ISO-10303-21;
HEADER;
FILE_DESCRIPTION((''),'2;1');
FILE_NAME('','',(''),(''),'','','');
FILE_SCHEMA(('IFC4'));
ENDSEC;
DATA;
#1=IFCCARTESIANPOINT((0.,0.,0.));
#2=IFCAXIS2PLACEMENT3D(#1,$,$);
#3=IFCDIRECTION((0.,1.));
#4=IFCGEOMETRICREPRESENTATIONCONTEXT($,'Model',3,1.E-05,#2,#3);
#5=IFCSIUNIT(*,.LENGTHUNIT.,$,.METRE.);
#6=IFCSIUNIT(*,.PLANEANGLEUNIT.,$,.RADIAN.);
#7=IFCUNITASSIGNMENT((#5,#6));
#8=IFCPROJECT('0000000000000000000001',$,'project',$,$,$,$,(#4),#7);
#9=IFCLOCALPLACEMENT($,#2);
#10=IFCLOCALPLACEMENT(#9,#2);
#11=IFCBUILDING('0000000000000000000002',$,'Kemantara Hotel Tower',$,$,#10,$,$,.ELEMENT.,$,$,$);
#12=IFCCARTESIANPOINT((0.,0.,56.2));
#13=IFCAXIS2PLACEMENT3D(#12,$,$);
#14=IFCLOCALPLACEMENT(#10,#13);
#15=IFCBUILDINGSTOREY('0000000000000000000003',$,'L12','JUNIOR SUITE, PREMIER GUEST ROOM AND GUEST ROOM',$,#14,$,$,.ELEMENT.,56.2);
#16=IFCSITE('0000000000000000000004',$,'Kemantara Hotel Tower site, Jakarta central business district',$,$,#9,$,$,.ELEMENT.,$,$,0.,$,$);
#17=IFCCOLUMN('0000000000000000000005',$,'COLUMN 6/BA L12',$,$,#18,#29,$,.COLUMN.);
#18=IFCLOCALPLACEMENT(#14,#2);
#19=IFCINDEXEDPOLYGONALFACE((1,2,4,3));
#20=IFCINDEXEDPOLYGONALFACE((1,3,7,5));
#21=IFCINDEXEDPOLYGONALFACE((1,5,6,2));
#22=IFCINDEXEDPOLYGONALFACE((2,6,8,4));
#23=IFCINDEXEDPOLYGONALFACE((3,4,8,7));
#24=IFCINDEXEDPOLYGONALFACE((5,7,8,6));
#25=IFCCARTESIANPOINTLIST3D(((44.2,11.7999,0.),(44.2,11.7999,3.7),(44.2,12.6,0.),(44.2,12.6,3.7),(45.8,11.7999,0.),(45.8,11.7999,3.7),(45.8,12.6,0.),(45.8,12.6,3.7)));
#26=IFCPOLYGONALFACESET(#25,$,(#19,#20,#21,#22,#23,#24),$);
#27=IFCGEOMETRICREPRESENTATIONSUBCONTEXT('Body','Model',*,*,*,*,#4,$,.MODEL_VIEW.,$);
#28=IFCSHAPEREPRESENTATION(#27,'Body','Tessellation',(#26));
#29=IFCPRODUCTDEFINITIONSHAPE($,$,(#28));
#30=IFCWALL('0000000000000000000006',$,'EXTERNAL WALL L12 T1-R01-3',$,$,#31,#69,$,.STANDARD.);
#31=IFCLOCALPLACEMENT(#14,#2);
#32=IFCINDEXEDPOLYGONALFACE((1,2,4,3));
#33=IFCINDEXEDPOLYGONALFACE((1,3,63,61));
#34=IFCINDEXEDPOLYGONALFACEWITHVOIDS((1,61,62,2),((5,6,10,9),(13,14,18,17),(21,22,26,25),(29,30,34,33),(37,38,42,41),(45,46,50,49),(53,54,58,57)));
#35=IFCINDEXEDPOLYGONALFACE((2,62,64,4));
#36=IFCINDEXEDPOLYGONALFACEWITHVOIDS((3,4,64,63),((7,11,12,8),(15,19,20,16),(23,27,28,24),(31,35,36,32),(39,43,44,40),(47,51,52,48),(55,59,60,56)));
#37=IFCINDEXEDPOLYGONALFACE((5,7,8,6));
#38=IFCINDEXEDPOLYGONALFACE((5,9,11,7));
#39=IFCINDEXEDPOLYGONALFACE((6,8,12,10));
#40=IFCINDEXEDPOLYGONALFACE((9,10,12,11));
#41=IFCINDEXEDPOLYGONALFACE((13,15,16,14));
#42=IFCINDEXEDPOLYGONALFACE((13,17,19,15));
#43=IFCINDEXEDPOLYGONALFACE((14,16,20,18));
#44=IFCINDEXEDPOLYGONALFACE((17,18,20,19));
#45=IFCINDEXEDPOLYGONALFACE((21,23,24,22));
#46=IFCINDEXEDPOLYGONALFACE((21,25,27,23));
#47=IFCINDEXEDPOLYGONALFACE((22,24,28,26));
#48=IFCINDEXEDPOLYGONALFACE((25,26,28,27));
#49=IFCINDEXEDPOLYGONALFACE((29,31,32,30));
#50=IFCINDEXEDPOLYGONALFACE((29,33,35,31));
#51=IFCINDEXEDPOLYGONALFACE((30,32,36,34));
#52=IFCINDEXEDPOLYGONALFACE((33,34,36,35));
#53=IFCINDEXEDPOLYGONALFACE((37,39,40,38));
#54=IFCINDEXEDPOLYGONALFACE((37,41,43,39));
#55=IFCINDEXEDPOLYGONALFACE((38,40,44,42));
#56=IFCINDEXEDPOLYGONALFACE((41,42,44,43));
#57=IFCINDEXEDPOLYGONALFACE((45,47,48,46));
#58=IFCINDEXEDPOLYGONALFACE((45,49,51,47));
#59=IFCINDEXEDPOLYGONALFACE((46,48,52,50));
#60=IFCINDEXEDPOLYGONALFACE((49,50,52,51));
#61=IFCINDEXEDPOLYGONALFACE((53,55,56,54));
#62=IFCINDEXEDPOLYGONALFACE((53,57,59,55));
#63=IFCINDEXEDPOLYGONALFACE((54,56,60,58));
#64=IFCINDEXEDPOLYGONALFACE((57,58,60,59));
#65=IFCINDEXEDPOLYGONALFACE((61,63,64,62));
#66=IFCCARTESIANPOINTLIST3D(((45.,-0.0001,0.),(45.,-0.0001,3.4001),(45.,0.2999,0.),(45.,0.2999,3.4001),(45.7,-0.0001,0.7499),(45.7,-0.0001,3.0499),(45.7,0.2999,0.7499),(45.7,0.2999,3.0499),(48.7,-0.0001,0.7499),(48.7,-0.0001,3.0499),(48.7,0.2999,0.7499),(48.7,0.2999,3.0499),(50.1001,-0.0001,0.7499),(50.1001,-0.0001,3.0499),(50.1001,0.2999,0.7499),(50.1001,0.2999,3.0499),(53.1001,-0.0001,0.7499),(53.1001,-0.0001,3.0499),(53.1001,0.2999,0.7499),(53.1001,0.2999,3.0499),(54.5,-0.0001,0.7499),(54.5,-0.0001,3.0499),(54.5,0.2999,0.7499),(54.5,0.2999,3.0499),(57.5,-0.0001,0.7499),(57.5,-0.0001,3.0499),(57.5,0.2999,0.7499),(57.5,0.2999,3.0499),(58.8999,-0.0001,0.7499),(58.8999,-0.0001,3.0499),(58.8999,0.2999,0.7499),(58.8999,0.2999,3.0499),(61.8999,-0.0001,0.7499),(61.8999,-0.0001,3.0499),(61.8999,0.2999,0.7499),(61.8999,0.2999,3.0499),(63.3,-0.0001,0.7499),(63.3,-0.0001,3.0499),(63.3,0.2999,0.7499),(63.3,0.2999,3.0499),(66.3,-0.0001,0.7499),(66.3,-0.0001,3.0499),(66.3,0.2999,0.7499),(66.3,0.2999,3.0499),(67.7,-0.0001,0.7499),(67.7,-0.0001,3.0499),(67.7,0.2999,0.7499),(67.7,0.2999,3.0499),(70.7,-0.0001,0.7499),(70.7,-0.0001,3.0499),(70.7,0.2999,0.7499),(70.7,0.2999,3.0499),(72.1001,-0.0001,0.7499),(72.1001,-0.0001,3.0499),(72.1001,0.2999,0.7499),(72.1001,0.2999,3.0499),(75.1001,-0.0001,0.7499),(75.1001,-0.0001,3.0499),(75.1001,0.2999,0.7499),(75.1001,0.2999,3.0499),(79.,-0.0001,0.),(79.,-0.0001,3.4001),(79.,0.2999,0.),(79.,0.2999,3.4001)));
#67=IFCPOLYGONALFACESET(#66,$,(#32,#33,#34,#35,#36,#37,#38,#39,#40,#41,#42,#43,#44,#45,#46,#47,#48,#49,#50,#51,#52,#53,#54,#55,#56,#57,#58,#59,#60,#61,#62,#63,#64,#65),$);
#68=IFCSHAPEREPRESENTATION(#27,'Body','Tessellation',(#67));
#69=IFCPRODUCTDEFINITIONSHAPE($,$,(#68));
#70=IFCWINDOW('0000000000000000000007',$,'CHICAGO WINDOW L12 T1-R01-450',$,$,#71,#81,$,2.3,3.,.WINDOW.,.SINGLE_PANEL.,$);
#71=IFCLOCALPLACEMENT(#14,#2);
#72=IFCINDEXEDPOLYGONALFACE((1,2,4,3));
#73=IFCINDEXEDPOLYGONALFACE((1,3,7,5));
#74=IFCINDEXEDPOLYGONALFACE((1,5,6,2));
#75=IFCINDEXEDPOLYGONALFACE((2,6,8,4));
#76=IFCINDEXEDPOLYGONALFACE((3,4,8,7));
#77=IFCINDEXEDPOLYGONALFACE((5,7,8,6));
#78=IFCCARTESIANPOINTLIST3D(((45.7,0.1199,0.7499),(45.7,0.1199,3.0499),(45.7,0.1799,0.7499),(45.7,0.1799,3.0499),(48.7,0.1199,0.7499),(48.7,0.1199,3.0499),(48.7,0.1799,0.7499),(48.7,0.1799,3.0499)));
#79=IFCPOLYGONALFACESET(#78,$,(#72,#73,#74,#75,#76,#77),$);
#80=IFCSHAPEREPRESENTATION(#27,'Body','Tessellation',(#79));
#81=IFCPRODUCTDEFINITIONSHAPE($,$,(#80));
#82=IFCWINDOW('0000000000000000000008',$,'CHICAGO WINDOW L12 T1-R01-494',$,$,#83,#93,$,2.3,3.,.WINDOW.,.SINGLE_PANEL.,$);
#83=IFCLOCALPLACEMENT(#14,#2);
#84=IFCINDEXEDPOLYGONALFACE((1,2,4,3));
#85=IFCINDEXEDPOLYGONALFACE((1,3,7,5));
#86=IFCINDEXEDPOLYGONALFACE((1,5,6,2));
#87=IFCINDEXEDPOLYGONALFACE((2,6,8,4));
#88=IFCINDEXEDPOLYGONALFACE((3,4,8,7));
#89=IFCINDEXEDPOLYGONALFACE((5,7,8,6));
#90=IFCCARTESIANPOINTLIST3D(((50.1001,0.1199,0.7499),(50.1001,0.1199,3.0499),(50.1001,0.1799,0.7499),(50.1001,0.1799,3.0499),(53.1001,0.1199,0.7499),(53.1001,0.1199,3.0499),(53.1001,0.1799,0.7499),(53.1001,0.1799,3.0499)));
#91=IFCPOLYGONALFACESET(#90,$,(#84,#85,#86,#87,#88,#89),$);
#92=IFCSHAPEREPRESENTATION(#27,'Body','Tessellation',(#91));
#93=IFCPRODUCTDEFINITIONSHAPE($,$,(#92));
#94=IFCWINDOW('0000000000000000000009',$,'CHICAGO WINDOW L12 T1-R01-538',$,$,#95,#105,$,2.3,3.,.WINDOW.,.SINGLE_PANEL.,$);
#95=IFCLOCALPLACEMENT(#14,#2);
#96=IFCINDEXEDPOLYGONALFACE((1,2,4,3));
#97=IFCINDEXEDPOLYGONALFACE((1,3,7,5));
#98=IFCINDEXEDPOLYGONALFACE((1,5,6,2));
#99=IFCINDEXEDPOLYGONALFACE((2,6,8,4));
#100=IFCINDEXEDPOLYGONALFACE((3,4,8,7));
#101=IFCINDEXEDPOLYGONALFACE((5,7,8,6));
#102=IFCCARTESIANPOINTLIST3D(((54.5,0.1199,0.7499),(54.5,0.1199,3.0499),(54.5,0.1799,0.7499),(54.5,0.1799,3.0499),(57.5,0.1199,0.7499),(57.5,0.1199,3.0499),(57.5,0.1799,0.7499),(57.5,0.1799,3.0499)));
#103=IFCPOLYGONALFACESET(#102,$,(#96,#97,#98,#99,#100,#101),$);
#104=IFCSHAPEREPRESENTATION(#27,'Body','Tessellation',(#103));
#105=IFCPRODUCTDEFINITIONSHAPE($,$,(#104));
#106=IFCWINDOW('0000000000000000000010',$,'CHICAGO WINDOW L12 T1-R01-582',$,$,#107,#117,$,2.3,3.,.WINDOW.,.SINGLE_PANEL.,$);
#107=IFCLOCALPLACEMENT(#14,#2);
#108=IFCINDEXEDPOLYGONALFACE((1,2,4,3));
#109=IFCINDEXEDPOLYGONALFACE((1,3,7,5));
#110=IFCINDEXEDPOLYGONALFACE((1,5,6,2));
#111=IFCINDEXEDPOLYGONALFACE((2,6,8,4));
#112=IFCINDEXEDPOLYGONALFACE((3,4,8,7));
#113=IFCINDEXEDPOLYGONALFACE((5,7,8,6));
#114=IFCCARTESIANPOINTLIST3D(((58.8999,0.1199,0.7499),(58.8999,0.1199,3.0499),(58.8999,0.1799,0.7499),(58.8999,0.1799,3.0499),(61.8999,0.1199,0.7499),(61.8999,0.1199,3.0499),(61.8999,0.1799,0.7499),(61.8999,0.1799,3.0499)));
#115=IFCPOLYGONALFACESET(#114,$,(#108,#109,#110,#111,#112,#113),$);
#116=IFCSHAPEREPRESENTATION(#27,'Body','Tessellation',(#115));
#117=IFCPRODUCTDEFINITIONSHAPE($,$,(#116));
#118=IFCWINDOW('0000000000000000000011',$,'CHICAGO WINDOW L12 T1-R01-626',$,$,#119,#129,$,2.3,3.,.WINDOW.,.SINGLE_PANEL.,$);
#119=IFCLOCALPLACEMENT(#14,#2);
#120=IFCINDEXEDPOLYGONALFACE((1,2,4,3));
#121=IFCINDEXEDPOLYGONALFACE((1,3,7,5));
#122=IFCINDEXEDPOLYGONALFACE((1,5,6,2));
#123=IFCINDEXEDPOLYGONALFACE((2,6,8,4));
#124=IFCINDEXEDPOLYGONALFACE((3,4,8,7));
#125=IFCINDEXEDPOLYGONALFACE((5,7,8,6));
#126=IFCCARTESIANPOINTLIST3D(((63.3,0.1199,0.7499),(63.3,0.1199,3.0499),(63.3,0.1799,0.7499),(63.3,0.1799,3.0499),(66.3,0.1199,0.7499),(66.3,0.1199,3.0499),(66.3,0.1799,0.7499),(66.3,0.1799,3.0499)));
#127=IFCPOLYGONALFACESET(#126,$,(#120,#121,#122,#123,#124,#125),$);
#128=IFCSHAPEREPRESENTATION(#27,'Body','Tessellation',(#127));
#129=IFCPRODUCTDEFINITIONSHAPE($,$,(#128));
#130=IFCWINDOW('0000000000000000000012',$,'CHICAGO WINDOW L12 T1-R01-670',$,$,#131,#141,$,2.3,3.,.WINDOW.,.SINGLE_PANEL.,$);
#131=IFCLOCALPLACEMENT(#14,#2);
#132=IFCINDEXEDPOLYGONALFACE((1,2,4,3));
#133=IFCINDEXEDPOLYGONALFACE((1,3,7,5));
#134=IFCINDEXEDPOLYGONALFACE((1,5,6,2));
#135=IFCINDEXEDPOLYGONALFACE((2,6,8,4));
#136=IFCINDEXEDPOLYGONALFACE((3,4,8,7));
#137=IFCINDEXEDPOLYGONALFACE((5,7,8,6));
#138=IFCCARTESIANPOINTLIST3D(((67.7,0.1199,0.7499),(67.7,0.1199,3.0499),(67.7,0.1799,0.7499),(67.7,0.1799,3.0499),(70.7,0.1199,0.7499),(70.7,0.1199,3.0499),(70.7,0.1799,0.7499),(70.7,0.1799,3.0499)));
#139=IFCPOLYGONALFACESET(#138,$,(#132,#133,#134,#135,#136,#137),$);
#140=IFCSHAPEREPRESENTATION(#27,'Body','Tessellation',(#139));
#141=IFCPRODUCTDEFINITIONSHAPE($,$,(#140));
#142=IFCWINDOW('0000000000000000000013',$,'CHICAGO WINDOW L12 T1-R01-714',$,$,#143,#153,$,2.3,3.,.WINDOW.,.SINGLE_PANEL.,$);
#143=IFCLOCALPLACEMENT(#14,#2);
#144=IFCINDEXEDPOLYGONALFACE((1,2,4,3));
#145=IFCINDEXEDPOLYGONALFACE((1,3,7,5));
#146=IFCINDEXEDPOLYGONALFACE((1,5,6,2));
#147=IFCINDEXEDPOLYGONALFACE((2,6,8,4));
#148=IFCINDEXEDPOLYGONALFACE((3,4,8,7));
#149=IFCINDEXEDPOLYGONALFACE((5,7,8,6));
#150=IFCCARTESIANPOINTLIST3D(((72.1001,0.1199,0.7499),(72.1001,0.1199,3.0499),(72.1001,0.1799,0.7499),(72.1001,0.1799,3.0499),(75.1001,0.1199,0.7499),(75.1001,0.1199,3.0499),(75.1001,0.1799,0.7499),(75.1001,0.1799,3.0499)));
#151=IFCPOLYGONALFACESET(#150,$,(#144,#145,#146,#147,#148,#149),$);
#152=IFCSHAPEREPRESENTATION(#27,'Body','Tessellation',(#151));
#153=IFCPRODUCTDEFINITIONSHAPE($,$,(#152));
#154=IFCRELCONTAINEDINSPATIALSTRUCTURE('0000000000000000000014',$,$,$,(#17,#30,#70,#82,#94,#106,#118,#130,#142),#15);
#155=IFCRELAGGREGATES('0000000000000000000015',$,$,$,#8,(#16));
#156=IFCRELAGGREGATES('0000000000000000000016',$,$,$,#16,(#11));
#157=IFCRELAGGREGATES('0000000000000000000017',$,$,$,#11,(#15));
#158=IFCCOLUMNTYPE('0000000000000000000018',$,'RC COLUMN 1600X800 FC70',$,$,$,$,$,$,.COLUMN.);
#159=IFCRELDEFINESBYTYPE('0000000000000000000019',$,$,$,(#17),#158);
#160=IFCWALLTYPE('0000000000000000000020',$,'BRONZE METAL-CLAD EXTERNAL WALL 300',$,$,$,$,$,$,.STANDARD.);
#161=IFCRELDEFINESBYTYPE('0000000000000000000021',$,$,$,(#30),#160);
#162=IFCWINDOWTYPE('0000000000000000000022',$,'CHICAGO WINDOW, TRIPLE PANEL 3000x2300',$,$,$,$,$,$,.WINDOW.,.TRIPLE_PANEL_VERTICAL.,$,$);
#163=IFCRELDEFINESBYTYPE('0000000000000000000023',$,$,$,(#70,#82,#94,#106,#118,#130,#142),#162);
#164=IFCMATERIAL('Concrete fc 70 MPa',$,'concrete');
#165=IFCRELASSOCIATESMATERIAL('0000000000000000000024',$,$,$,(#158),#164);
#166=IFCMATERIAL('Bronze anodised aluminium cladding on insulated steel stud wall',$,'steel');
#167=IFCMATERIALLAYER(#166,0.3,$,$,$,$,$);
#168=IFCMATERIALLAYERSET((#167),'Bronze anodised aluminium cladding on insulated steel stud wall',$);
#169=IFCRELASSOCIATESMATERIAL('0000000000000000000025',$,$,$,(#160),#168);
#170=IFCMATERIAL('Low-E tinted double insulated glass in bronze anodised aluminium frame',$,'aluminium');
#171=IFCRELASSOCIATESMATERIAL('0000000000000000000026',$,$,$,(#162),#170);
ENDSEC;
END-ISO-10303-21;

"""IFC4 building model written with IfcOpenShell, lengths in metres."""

from ifc_helpers import new_model, si_unit, direction, frame, frame_2d, origin, origin_2d, place, context, subcontext, project, spatial, rectangle, extrude, material, layer, layer_set, material_profile, profile_set, type_object, element, fill, save


model = new_model("IFC4")

# Units and contexts
model_context = context("Model", 3, precision=1e-05, world=origin(), true_north=direction((0.0, 1.0)))
body_context = subcontext(model_context, "Body", "Model", "MODEL_VIEW")
ifc_project = project(units=[si_unit("LENGTHUNIT", "METRE"), si_unit("PLANEANGLEUNIT", "RADIAN")], contexts=[model_context])

# Site, building, storey
site_placement = place(None, origin())
site = spatial("IfcSite", under=ifc_project, at=site_placement, Name="Kemantara Hotel Tower site, Jakarta central business district", CompositionType="ELEMENT", RefElevation=0.0)
building_placement = place(site_placement, origin())
building = spatial("IfcBuilding", under=site, at=building_placement, Name="Kemantara Hotel Tower", CompositionType="ELEMENT")
storey_placement = place(building_placement, frame((0.0, 0.0, 56.2)))
storey = spatial("IfcBuildingStorey", under=building, at=storey_placement, Name="L12", Description="JUNIOR SUITE, PREMIER GUEST ROOM AND GUEST ROOM", CompositionType="ELEMENT", Elevation=56.2)

# Column
ifc_material_1 = material(Name="Concrete fc 70 MPa", Category="concrete")
ifc_material_profile = material_profile(ifc_material_1, rectangle(XDim=1.6001, YDim=0.8, at=origin_2d()), Name="RC 1600X800")
ifc_profile_set = profile_set([ifc_material_profile], Name="Concrete fc 70 MPa")
column_type = type_object("IfcColumnType", Name="RC COLUMN 1600X800 FC70", PredefinedType="COLUMN", material=ifc_profile_set)
column_placement = place(storey_placement, frame((45.0, 12.2, 0.0), z_axis=(0.0, 0.0, 1.0), x_axis=(1.0, 0.0, 0.0)))
element("IfcColumn", 1, at=column_placement, inside=storey, type_object=column_type, Name="COLUMN 6/BA L12", PredefinedType="COLUMN", context=body_context, shape_type="SweptSolid", body=[
    extrude(rectangle(XDim=1.6001, YDim=0.8, at=origin_2d()), origin(), (0.0, 0.0, 1.0), 3.7),
])

# Wall, openings, windows
ifc_material_2 = material(Name="Bronze anodised aluminium cladding on insulated steel stud wall", Category="steel")
ifc_layer_1 = layer(ifc_material_2, 0.3)
ifc_layer_set_1 = layer_set([ifc_layer_1], Name="Bronze anodised aluminium cladding on insulated steel stud wall")
wall_type_1 = type_object("IfcWallType", Name="BRONZE METAL-CLAD EXTERNAL WALL 300", PredefinedType="STANDARD", material=ifc_layer_set_1)
wall_1_placement = place(storey_placement, frame((45.0, 0.1499, 0.0), z_axis=(0.0, 0.0, 1.0), x_axis=(1.0, 0.0, 0.0)))
wall_1 = element("IfcWall", 2, at=wall_1_placement, inside=storey, type_object=wall_type_1, Name="EXTERNAL WALL L12 T1-R01-3", PredefinedType="STANDARD", context=body_context, shape_type="SweptSolid", body=[
    extrude(rectangle(XDim=34.0, YDim=0.3, at=frame_2d((17.0, 0.0))), origin(), (0.0, 0.0, 1.0), 3.4001),
])
opening_1_placement = place(wall_1_placement, frame((0.7, 0.0, 0.75)))
opening_1 = element("IfcOpeningElement", 3, at=opening_1_placement, cuts=wall_1, PredefinedType="OPENING", context=body_context, shape_type="SweptSolid", body=[
    extrude(rectangle(XDim=3.0, YDim=2.3, at=frame_2d((1.5, 1.1499))), frame((0.0, 0.1599, 0.0), z_axis=(0.0, -1.0, 0.0), x_axis=(1.0, 0.0, 0.0)), (0.0, 0.0, 1.0), 0.3201),
])
opening_2_placement = place(wall_1_placement, frame((5.1001, 0.0, 0.75)))
opening_2 = element("IfcOpeningElement", 4, at=opening_2_placement, cuts=wall_1, PredefinedType="OPENING", context=body_context, shape_type="SweptSolid", body=[
    extrude(rectangle(XDim=3.0, YDim=2.3, at=frame_2d((1.5, 1.1499))), frame((0.0, 0.1599, 0.0), z_axis=(0.0, -1.0, 0.0), x_axis=(1.0, 0.0, 0.0)), (0.0, 0.0, 1.0), 0.3201),
])
opening_3_placement = place(wall_1_placement, frame((9.5, 0.0, 0.75)))
opening_3 = element("IfcOpeningElement", 5, at=opening_3_placement, cuts=wall_1, PredefinedType="OPENING", context=body_context, shape_type="SweptSolid", body=[
    extrude(rectangle(XDim=3.0, YDim=2.3, at=frame_2d((1.5, 1.1499))), frame((0.0, 0.1599, 0.0), z_axis=(0.0, -1.0, 0.0), x_axis=(1.0, 0.0, 0.0)), (0.0, 0.0, 1.0), 0.3201),
])
opening_4_placement = place(wall_1_placement, frame((13.8999, 0.0, 0.75)))
opening_4 = element("IfcOpeningElement", 6, at=opening_4_placement, cuts=wall_1, PredefinedType="OPENING", context=body_context, shape_type="SweptSolid", body=[
    extrude(rectangle(XDim=3.0, YDim=2.3, at=frame_2d((1.5, 1.1499))), frame((0.0, 0.1599, 0.0), z_axis=(0.0, -1.0, 0.0), x_axis=(1.0, 0.0, 0.0)), (0.0, 0.0, 1.0), 0.3201),
])
opening_5_placement = place(wall_1_placement, frame((18.3, 0.0, 0.75)))
opening_5 = element("IfcOpeningElement", 7, at=opening_5_placement, cuts=wall_1, PredefinedType="OPENING", context=body_context, shape_type="SweptSolid", body=[
    extrude(rectangle(XDim=3.0, YDim=2.3, at=frame_2d((1.5, 1.1499))), frame((0.0, 0.1599, 0.0), z_axis=(0.0, -1.0, 0.0), x_axis=(1.0, 0.0, 0.0)), (0.0, 0.0, 1.0), 0.3201),
])
opening_6_placement = place(wall_1_placement, frame((22.7, 0.0, 0.75)))
opening_6 = element("IfcOpeningElement", 8, at=opening_6_placement, cuts=wall_1, PredefinedType="OPENING", context=body_context, shape_type="SweptSolid", body=[
    extrude(rectangle(XDim=3.0, YDim=2.3, at=frame_2d((1.5, 1.1499))), frame((0.0, 0.1599, 0.0), z_axis=(0.0, -1.0, 0.0), x_axis=(1.0, 0.0, 0.0)), (0.0, 0.0, 1.0), 0.3201),
])
opening_7_placement = place(wall_1_placement, frame((27.1001, 0.0, 0.75)))
opening_7 = element("IfcOpeningElement", 9, at=opening_7_placement, cuts=wall_1, PredefinedType="OPENING", context=body_context, shape_type="SweptSolid", body=[
    extrude(rectangle(XDim=3.0, YDim=2.3, at=frame_2d((1.5, 1.1499))), frame((0.0, 0.1599, 0.0), z_axis=(0.0, -1.0, 0.0), x_axis=(1.0, 0.0, 0.0)), (0.0, 0.0, 1.0), 0.3201),
])
ifc_material_3 = material(Name="Low-E tinted double insulated glass in bronze anodised aluminium frame", Category="aluminium")
window_type = type_object("IfcWindowType", Name="CHICAGO WINDOW, TRIPLE PANEL 3000x2300", PartitioningType="TRIPLE_PANEL_VERTICAL", PredefinedType="WINDOW", material=ifc_material_3)
window_1_placement = place(opening_1_placement, origin())
window_1 = element("IfcWindow", 10, at=window_1_placement, inside=storey, type_object=window_type, Name="CHICAGO WINDOW L12 T1-R01-450", OverallHeight=2.3, OverallWidth=3.0, PartitioningType="SINGLE_PANEL", PredefinedType="WINDOW", context=body_context, shape_type="SweptSolid", body=[
    extrude(rectangle(XDim=3.0, YDim=2.3, at=frame_2d((1.5, 1.1499))), frame((0.0, 0.03, 0.0), z_axis=(0.0, -1.0, 0.0), x_axis=(1.0, 0.0, 0.0)), (0.0, 0.0, 1.0), 0.0601),
])
fill(opening_1, window_1)
window_2_placement = place(opening_2_placement, origin())
window_2 = element("IfcWindow", 11, at=window_2_placement, inside=storey, type_object=window_type, Name="CHICAGO WINDOW L12 T1-R01-494", OverallHeight=2.3, OverallWidth=3.0, PartitioningType="SINGLE_PANEL", PredefinedType="WINDOW", context=body_context, shape_type="SweptSolid", body=[
    extrude(rectangle(XDim=3.0, YDim=2.3, at=frame_2d((1.5, 1.1499))), frame((0.0, 0.03, 0.0), z_axis=(0.0, -1.0, 0.0), x_axis=(1.0, 0.0, 0.0)), (0.0, 0.0, 1.0), 0.0601),
])
fill(opening_2, window_2)
window_3_placement = place(opening_3_placement, origin())
window_3 = element("IfcWindow", 12, at=window_3_placement, inside=storey, type_object=window_type, Name="CHICAGO WINDOW L12 T1-R01-538", OverallHeight=2.3, OverallWidth=3.0, PartitioningType="SINGLE_PANEL", PredefinedType="WINDOW", context=body_context, shape_type="SweptSolid", body=[
    extrude(rectangle(XDim=3.0, YDim=2.3, at=frame_2d((1.5, 1.1499))), frame((0.0, 0.03, 0.0), z_axis=(0.0, -1.0, 0.0), x_axis=(1.0, 0.0, 0.0)), (0.0, 0.0, 1.0), 0.0601),
])
fill(opening_3, window_3)
window_4_placement = place(opening_4_placement, origin())
window_4 = element("IfcWindow", 13, at=window_4_placement, inside=storey, type_object=window_type, Name="CHICAGO WINDOW L12 T1-R01-582", OverallHeight=2.3, OverallWidth=3.0, PartitioningType="SINGLE_PANEL", PredefinedType="WINDOW", context=body_context, shape_type="SweptSolid", body=[
    extrude(rectangle(XDim=3.0, YDim=2.3, at=frame_2d((1.5, 1.1499))), frame((0.0, 0.03, 0.0), z_axis=(0.0, -1.0, 0.0), x_axis=(1.0, 0.0, 0.0)), (0.0, 0.0, 1.0), 0.0601),
])
fill(opening_4, window_4)
window_5_placement = place(opening_5_placement, origin())
window_5 = element("IfcWindow", 14, at=window_5_placement, inside=storey, type_object=window_type, Name="CHICAGO WINDOW L12 T1-R01-626", OverallHeight=2.3, OverallWidth=3.0, PartitioningType="SINGLE_PANEL", PredefinedType="WINDOW", context=body_context, shape_type="SweptSolid", body=[
    extrude(rectangle(XDim=3.0, YDim=2.3, at=frame_2d((1.5, 1.1499))), frame((0.0, 0.03, 0.0), z_axis=(0.0, -1.0, 0.0), x_axis=(1.0, 0.0, 0.0)), (0.0, 0.0, 1.0), 0.0601),
])
fill(opening_5, window_5)
window_6_placement = place(opening_6_placement, origin())
window_6 = element("IfcWindow", 15, at=window_6_placement, inside=storey, type_object=window_type, Name="CHICAGO WINDOW L12 T1-R01-670", OverallHeight=2.3, OverallWidth=3.0, PartitioningType="SINGLE_PANEL", PredefinedType="WINDOW", context=body_context, shape_type="SweptSolid", body=[
    extrude(rectangle(XDim=3.0, YDim=2.3, at=frame_2d((1.5, 1.1499))), frame((0.0, 0.03, 0.0), z_axis=(0.0, -1.0, 0.0), x_axis=(1.0, 0.0, 0.0)), (0.0, 0.0, 1.0), 0.0601),
])
fill(opening_6, window_6)
window_7_placement = place(opening_7_placement, origin())
window_7 = element("IfcWindow", 16, at=window_7_placement, inside=storey, type_object=window_type, Name="CHICAGO WINDOW L12 T1-R01-714", OverallHeight=2.3, OverallWidth=3.0, PartitioningType="SINGLE_PANEL", PredefinedType="WINDOW", context=body_context, shape_type="SweptSolid", body=[
    extrude(rectangle(XDim=3.0, YDim=2.3, at=frame_2d((1.5, 1.1499))), frame((0.0, 0.03, 0.0), z_axis=(0.0, -1.0, 0.0), x_axis=(1.0, 0.0, 0.0)), (0.0, 0.0, 1.0), 0.0601),
])
fill(opening_7, window_7)

save(model, "model.ifc")
